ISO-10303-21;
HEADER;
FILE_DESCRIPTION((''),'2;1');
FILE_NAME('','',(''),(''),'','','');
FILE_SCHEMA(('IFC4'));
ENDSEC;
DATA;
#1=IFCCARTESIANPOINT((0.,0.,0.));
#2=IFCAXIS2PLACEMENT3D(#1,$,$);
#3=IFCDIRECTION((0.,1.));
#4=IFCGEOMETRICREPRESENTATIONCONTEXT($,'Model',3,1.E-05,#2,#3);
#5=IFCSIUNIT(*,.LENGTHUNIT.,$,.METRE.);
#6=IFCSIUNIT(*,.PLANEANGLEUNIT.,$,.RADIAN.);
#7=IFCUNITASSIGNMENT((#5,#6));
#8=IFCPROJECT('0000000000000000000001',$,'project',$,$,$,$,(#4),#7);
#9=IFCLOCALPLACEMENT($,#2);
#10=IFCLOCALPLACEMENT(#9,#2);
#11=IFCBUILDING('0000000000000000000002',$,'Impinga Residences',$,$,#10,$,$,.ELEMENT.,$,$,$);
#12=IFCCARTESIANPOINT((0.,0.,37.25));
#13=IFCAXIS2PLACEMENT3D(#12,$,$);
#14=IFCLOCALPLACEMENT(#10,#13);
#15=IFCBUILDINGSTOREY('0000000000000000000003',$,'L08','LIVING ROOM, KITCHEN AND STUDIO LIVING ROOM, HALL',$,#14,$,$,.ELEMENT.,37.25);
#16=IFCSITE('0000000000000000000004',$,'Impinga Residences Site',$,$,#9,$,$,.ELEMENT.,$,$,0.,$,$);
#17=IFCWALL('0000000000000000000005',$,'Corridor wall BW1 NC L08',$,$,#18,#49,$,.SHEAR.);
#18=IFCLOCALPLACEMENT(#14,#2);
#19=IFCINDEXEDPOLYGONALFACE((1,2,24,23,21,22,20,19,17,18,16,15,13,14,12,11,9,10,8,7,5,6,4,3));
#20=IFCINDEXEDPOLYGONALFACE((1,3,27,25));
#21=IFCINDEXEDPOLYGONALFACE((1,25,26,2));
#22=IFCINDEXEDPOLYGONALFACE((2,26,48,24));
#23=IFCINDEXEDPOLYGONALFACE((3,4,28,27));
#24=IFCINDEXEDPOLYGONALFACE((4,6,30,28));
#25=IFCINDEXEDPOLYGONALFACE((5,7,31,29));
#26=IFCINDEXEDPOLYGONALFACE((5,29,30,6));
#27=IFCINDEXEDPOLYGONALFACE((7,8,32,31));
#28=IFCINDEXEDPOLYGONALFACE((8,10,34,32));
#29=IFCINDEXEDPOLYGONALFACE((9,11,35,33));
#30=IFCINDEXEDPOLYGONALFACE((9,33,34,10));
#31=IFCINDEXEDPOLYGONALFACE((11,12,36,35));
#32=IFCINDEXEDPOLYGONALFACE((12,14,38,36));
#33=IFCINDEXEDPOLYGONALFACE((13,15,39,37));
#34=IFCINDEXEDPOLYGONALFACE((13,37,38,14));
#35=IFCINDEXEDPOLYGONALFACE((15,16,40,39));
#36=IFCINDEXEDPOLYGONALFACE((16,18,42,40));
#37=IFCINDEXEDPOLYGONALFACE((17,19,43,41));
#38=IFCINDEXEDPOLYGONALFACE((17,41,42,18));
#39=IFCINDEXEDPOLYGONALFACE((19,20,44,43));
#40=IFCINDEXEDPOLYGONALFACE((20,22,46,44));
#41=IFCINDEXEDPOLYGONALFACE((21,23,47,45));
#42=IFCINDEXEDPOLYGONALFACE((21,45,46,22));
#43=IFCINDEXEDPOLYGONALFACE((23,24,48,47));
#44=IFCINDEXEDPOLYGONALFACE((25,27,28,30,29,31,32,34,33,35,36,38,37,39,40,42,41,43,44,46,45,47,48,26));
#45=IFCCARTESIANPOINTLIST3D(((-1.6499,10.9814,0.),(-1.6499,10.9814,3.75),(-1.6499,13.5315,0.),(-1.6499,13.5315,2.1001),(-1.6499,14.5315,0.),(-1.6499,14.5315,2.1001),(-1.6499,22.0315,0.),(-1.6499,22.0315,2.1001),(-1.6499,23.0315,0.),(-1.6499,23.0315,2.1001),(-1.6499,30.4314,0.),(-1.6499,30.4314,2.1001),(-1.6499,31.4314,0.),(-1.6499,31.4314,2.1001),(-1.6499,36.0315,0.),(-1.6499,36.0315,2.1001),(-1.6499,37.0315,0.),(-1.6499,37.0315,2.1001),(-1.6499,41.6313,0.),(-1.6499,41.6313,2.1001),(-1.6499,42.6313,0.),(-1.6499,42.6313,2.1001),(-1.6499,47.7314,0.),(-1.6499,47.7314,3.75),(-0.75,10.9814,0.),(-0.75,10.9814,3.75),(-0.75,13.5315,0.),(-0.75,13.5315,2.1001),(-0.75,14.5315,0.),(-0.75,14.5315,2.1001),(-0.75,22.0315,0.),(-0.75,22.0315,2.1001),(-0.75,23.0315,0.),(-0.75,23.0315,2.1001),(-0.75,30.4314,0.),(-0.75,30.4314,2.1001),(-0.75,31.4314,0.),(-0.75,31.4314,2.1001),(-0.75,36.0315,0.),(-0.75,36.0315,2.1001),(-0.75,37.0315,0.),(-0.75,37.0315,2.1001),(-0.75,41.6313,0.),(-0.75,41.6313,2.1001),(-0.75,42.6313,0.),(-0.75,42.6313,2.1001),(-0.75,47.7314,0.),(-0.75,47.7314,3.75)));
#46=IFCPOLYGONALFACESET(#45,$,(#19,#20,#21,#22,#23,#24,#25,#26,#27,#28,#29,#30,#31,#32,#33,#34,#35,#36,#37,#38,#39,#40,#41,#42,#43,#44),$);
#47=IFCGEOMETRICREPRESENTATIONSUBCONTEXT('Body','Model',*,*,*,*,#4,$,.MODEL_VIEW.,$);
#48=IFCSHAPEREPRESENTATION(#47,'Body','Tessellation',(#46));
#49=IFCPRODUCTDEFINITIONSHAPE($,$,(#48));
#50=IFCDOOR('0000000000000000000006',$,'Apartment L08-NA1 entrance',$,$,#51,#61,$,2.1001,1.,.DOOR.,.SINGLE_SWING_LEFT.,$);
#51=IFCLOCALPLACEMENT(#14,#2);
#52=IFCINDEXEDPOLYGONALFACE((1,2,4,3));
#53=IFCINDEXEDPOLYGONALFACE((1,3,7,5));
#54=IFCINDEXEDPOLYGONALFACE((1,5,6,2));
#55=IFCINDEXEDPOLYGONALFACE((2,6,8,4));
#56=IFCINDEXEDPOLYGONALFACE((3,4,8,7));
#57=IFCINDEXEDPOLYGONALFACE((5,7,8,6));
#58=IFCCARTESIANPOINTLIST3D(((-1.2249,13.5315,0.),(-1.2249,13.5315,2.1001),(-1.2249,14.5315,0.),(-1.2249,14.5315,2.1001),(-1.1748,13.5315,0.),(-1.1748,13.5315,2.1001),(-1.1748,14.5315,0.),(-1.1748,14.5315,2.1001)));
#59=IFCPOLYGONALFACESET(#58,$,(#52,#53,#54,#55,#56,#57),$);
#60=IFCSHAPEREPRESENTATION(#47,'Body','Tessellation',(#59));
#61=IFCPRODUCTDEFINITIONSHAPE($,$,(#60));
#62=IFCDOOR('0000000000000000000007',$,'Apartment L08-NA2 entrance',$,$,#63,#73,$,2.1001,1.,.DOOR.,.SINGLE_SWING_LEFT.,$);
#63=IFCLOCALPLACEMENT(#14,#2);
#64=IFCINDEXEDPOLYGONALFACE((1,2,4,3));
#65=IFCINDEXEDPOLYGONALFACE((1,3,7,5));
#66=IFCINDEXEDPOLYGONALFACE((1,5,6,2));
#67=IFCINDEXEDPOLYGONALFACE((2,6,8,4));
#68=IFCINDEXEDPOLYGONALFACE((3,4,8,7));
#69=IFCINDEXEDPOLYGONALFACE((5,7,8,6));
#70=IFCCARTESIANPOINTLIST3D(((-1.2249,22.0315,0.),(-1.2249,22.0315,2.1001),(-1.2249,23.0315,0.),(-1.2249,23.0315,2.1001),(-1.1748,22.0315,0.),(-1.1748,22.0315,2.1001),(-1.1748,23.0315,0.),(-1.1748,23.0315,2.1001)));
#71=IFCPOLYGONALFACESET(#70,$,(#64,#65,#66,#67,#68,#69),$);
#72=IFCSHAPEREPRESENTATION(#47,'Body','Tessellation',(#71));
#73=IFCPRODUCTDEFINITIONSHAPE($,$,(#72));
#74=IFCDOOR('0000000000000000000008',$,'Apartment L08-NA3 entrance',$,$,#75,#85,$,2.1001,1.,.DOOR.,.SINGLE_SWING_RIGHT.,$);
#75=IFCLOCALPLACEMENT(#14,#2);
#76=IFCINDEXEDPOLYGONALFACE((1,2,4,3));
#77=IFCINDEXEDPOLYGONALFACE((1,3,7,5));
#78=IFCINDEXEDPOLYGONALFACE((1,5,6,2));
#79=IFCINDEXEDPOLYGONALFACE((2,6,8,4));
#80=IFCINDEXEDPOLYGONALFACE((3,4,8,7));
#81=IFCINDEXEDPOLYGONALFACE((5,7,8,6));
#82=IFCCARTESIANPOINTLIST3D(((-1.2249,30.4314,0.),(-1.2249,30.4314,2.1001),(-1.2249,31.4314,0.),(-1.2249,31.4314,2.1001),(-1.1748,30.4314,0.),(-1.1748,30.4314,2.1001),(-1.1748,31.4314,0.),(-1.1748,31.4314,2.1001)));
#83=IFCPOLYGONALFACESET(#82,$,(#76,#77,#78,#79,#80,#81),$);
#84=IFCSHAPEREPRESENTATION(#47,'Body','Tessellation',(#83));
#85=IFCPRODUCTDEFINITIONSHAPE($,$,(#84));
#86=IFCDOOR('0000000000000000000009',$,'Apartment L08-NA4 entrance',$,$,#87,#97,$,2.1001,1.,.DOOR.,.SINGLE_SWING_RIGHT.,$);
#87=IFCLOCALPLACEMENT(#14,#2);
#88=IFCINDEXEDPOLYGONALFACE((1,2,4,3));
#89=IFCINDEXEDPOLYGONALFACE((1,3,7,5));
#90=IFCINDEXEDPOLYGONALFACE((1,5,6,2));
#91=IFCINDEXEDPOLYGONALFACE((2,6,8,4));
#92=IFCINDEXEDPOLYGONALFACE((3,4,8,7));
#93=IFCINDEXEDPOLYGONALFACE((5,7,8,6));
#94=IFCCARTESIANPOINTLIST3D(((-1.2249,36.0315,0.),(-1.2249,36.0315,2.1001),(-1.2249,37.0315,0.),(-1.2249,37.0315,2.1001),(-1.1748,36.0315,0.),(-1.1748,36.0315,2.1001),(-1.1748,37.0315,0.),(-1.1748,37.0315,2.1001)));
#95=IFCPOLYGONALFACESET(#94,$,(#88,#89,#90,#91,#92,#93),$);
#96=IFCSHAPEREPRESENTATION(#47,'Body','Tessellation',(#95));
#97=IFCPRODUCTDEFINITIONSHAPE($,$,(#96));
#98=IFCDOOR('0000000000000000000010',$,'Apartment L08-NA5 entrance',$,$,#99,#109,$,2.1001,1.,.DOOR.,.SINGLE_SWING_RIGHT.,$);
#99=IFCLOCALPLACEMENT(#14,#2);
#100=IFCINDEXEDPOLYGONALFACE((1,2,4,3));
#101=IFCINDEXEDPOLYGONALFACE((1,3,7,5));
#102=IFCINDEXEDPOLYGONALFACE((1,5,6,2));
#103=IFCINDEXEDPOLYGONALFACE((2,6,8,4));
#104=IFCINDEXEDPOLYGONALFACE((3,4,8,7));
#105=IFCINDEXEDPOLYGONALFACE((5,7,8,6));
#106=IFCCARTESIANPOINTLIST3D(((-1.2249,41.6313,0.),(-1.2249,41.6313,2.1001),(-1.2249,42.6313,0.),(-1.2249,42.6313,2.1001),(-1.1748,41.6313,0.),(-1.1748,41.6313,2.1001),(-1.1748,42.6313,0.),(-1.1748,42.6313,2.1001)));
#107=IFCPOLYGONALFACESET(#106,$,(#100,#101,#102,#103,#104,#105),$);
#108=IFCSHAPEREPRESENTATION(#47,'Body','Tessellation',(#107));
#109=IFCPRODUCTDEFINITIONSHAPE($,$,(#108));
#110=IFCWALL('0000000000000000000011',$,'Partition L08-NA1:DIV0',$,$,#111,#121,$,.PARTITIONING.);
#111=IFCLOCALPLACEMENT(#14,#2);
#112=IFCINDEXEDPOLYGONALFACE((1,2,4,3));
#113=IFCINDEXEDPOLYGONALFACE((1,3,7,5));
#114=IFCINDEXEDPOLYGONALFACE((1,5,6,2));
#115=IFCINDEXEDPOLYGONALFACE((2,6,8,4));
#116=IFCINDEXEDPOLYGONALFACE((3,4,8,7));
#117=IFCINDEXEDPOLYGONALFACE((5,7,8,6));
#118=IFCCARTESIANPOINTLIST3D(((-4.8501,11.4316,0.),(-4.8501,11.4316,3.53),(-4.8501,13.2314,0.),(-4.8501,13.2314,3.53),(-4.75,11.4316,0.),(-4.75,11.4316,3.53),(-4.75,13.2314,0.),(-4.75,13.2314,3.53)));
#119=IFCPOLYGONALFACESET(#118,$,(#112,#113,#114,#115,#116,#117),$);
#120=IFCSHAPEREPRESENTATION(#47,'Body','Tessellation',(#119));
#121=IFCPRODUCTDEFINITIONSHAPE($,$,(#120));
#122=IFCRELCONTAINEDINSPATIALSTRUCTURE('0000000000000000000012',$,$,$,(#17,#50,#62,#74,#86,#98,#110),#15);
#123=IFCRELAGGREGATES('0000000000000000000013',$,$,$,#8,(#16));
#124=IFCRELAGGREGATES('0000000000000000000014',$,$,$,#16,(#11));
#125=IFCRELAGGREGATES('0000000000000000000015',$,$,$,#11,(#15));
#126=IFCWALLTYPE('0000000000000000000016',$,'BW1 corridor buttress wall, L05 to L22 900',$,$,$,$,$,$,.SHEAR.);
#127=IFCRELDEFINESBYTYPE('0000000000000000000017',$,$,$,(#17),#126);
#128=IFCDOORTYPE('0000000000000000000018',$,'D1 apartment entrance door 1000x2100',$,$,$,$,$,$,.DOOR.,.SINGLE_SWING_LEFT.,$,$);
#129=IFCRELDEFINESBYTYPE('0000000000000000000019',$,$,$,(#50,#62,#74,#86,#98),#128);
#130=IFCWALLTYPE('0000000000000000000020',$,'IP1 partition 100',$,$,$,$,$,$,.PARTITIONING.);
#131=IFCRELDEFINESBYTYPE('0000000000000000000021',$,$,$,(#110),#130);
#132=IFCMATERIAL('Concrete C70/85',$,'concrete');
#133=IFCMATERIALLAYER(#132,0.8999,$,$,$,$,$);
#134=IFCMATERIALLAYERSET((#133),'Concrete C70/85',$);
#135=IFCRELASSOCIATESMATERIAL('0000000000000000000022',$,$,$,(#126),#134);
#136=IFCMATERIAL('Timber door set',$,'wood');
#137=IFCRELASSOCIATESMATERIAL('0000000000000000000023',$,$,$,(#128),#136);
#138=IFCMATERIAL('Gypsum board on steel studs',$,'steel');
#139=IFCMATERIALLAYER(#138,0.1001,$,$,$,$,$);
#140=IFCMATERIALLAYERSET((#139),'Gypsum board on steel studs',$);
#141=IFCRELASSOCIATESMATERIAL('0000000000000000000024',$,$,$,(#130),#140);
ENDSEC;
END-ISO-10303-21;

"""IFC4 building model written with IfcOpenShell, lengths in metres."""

from ifc_helpers import new_model, si_unit, direction, frame, frame_2d, origin, place, context, subcontext, project, spatial, rectangle, extrude, material, layer, layer_set, type_object, element, fill, save


model = new_model("IFC4")

# Units and contexts
model_context = context("Model", 3, precision=1e-05, world=origin(), true_north=direction((0.0, 1.0)))
body_context = subcontext(model_context, "Body", "Model", "MODEL_VIEW")
ifc_project = project(units=[si_unit("LENGTHUNIT", "METRE"), si_unit("PLANEANGLEUNIT", "RADIAN")], contexts=[model_context])

# Site, building, storey
site_placement = place(None, origin())
site = spatial("IfcSite", under=ifc_project, at=site_placement, Name="Impinga Residences Site", CompositionType="ELEMENT", RefElevation=0.0)
building_placement = place(site_placement, origin())
building = spatial("IfcBuilding", under=site, at=building_placement, Name="Impinga Residences", CompositionType="ELEMENT")
storey_placement = place(building_placement, frame((0.0, 0.0, 37.25)))
storey = spatial("IfcBuildingStorey", under=building, at=storey_placement, Name="L08", Description="LIVING ROOM, KITCHEN AND STUDIO LIVING ROOM, HALL", CompositionType="ELEMENT", Elevation=37.25)

# Wall, openings, doors
ifc_material_1 = material(Name="Concrete C70/85", Category="concrete")
ifc_layer_1 = layer(ifc_material_1, 0.8999)
ifc_layer_set_1 = layer_set([ifc_layer_1], Name="Concrete C70/85")
wall_type_1 = type_object("IfcWallType", Name="BW1 corridor buttress wall, L05 to L22 900", PredefinedType="SHEAR", material=ifc_layer_set_1)
wall_1_placement = place(storey_placement, frame((-1.2, 10.9814, 0.0), z_axis=(0.0, 0.0, 1.0), x_axis=(0.0, 1.0, 0.0)))
wall_1 = element("IfcWall", 1, at=wall_1_placement, inside=storey, type_object=wall_type_1, Name="Corridor wall BW1 NC L08", PredefinedType="SHEAR", context=body_context, shape_type="SweptSolid", body=[
    extrude(rectangle(XDim=36.75, YDim=0.8999, at=frame_2d((18.375, 0.0))), origin(), (0.0, 0.0, 1.0), 3.75),
])
opening_1_placement = place(wall_1_placement, frame((2.55, 0.0, 0.0)))
opening_1 = element("IfcOpeningElement", 2, at=opening_1_placement, cuts=wall_1, PredefinedType="OPENING", context=body_context, shape_type="SweptSolid", body=[
    extrude(rectangle(XDim=1.0, YDim=2.1001, at=frame_2d((0.5, 1.05))), frame((0.0, 0.46, 0.0), z_axis=(0.0, -1.0, 0.0), x_axis=(1.0, 0.0, 0.0)), (0.0, 0.0, 1.0), 0.9199),
])
opening_2_placement = place(wall_1_placement, frame((11.05, 0.0, 0.0)))
opening_2 = element("IfcOpeningElement", 3, at=opening_2_placement, cuts=wall_1, PredefinedType="OPENING", context=body_context, shape_type="SweptSolid", body=[
    extrude(rectangle(XDim=1.0, YDim=2.1001, at=frame_2d((0.5, 1.05))), frame((0.0, 0.46, 0.0), z_axis=(0.0, -1.0, 0.0), x_axis=(1.0, 0.0, 0.0)), (0.0, 0.0, 1.0), 0.9199),
])
opening_3_placement = place(wall_1_placement, frame((19.45, 0.0, 0.0)))
opening_3 = element("IfcOpeningElement", 4, at=opening_3_placement, cuts=wall_1, PredefinedType="OPENING", context=body_context, shape_type="SweptSolid", body=[
    extrude(rectangle(XDim=1.0, YDim=2.1001, at=frame_2d((0.5, 1.05))), frame((0.0, 0.46, 0.0), z_axis=(0.0, -1.0, 0.0), x_axis=(1.0, 0.0, 0.0)), (0.0, 0.0, 1.0), 0.9199),
])
opening_4_placement = place(wall_1_placement, frame((25.05, 0.0, 0.0)))
opening_4 = element("IfcOpeningElement", 5, at=opening_4_placement, cuts=wall_1, PredefinedType="OPENING", context=body_context, shape_type="SweptSolid", body=[
    extrude(rectangle(XDim=1.0, YDim=2.1001, at=frame_2d((0.5, 1.05))), frame((0.0, 0.46, 0.0), z_axis=(0.0, -1.0, 0.0), x_axis=(1.0, 0.0, 0.0)), (0.0, 0.0, 1.0), 0.9199),
])
opening_5_placement = place(wall_1_placement, frame((30.6499, 0.0, 0.0)))
opening_5 = element("IfcOpeningElement", 6, at=opening_5_placement, cuts=wall_1, PredefinedType="OPENING", context=body_context, shape_type="SweptSolid", body=[
    extrude(rectangle(XDim=1.0, YDim=2.1001, at=frame_2d((0.5, 1.05))), frame((0.0, 0.46, 0.0), z_axis=(0.0, -1.0, 0.0), x_axis=(1.0, 0.0, 0.0)), (0.0, 0.0, 1.0), 0.9199),
])
ifc_material_2 = material(Name="Timber door set", Category="wood")
door_type_1 = type_object("IfcDoorType", Name="D1 apartment entrance door 1000x2100", OperationType="SINGLE_SWING_LEFT", PredefinedType="DOOR", material=ifc_material_2)
door_1_placement = place(opening_1_placement, origin())
door_1 = element("IfcDoor", 7, at=door_1_placement, inside=storey, type_object=door_type_1, Name="Apartment L08-NA1 entrance", OperationType="SINGLE_SWING_LEFT", OverallHeight=2.1001, OverallWidth=1.0, PredefinedType="DOOR", context=body_context, shape_type="SweptSolid", body=[
    extrude(rectangle(XDim=1.0, YDim=2.1001, at=frame_2d((0.5, 1.05))), frame((0.0, 0.0249, 0.0), z_axis=(0.0, -1.0, 0.0), x_axis=(1.0, 0.0, 0.0)), (0.0, 0.0, 1.0), 0.05),
])
fill(opening_1, door_1)
door_2_placement = place(opening_2_placement, origin())
door_2 = element("IfcDoor", 8, at=door_2_placement, inside=storey, type_object=door_type_1, Name="Apartment L08-NA2 entrance", OperationType="SINGLE_SWING_LEFT", OverallHeight=2.1001, OverallWidth=1.0, PredefinedType="DOOR", context=body_context, shape_type="SweptSolid", body=[
    extrude(rectangle(XDim=1.0, YDim=2.1001, at=frame_2d((0.5, 1.05))), frame((0.0, 0.0249, 0.0), z_axis=(0.0, -1.0, 0.0), x_axis=(1.0, 0.0, 0.0)), (0.0, 0.0, 1.0), 0.05),
])
fill(opening_2, door_2)
door_3_placement = place(opening_3_placement, origin())
door_3 = element("IfcDoor", 9, at=door_3_placement, inside=storey, type_object=door_type_1, Name="Apartment L08-NA3 entrance", OperationType="SINGLE_SWING_RIGHT", OverallHeight=2.1001, OverallWidth=1.0, PredefinedType="DOOR", context=body_context, shape_type="SweptSolid", body=[
    extrude(rectangle(XDim=1.0, YDim=2.1001, at=frame_2d((0.5, 1.05))), frame((0.0, 0.0249, 0.0), z_axis=(0.0, -1.0, 0.0), x_axis=(1.0, 0.0, 0.0)), (0.0, 0.0, 1.0), 0.05),
])
fill(opening_3, door_3)
door_4_placement = place(opening_4_placement, origin())
door_4 = element("IfcDoor", 10, at=door_4_placement, inside=storey, type_object=door_type_1, Name="Apartment L08-NA4 entrance", OperationType="SINGLE_SWING_RIGHT", OverallHeight=2.1001, OverallWidth=1.0, PredefinedType="DOOR", context=body_context, shape_type="SweptSolid", body=[
    extrude(rectangle(XDim=1.0, YDim=2.1001, at=frame_2d((0.5, 1.05))), frame((0.0, 0.0249, 0.0), z_axis=(0.0, -1.0, 0.0), x_axis=(1.0, 0.0, 0.0)), (0.0, 0.0, 1.0), 0.05),
])
fill(opening_4, door_4)
door_5_placement = place(opening_5_placement, origin())
door_5 = element("IfcDoor", 11, at=door_5_placement, inside=storey, type_object=door_type_1, Name="Apartment L08-NA5 entrance", OperationType="SINGLE_SWING_RIGHT", OverallHeight=2.1001, OverallWidth=1.0, PredefinedType="DOOR", context=body_context, shape_type="SweptSolid", body=[
    extrude(rectangle(XDim=1.0, YDim=2.1001, at=frame_2d((0.5, 1.05))), frame((0.0, 0.0249, 0.0), z_axis=(0.0, -1.0, 0.0), x_axis=(1.0, 0.0, 0.0)), (0.0, 0.0, 1.0), 0.05),
])
fill(opening_5, door_5)

# Wall
ifc_material_3 = material(Name="Gypsum board on steel studs", Category="steel")
ifc_layer_2 = layer(ifc_material_3, 0.1001)
ifc_layer_set_2 = layer_set([ifc_layer_2], Name="Gypsum board on steel studs")
wall_type_2 = type_object("IfcWallType", Name="IP1 partition 100", PredefinedType="PARTITIONING", material=ifc_layer_set_2)
wall_2_placement = place(storey_placement, frame((-4.8, 11.4316, 0.0), z_axis=(0.0, 0.0, 1.0), x_axis=(0.0, 1.0, 0.0)))
element("IfcWall", 12, at=wall_2_placement, inside=storey, type_object=wall_type_2, Name="Partition L08-NA1:DIV0", PredefinedType="PARTITIONING", context=body_context, shape_type="SweptSolid", body=[
    extrude(rectangle(XDim=1.7998, YDim=0.1001, at=frame_2d((0.8999, 0.0))), origin(), (0.0, 0.0, 1.0), 3.53),
])

save(model, "model.ifc")
